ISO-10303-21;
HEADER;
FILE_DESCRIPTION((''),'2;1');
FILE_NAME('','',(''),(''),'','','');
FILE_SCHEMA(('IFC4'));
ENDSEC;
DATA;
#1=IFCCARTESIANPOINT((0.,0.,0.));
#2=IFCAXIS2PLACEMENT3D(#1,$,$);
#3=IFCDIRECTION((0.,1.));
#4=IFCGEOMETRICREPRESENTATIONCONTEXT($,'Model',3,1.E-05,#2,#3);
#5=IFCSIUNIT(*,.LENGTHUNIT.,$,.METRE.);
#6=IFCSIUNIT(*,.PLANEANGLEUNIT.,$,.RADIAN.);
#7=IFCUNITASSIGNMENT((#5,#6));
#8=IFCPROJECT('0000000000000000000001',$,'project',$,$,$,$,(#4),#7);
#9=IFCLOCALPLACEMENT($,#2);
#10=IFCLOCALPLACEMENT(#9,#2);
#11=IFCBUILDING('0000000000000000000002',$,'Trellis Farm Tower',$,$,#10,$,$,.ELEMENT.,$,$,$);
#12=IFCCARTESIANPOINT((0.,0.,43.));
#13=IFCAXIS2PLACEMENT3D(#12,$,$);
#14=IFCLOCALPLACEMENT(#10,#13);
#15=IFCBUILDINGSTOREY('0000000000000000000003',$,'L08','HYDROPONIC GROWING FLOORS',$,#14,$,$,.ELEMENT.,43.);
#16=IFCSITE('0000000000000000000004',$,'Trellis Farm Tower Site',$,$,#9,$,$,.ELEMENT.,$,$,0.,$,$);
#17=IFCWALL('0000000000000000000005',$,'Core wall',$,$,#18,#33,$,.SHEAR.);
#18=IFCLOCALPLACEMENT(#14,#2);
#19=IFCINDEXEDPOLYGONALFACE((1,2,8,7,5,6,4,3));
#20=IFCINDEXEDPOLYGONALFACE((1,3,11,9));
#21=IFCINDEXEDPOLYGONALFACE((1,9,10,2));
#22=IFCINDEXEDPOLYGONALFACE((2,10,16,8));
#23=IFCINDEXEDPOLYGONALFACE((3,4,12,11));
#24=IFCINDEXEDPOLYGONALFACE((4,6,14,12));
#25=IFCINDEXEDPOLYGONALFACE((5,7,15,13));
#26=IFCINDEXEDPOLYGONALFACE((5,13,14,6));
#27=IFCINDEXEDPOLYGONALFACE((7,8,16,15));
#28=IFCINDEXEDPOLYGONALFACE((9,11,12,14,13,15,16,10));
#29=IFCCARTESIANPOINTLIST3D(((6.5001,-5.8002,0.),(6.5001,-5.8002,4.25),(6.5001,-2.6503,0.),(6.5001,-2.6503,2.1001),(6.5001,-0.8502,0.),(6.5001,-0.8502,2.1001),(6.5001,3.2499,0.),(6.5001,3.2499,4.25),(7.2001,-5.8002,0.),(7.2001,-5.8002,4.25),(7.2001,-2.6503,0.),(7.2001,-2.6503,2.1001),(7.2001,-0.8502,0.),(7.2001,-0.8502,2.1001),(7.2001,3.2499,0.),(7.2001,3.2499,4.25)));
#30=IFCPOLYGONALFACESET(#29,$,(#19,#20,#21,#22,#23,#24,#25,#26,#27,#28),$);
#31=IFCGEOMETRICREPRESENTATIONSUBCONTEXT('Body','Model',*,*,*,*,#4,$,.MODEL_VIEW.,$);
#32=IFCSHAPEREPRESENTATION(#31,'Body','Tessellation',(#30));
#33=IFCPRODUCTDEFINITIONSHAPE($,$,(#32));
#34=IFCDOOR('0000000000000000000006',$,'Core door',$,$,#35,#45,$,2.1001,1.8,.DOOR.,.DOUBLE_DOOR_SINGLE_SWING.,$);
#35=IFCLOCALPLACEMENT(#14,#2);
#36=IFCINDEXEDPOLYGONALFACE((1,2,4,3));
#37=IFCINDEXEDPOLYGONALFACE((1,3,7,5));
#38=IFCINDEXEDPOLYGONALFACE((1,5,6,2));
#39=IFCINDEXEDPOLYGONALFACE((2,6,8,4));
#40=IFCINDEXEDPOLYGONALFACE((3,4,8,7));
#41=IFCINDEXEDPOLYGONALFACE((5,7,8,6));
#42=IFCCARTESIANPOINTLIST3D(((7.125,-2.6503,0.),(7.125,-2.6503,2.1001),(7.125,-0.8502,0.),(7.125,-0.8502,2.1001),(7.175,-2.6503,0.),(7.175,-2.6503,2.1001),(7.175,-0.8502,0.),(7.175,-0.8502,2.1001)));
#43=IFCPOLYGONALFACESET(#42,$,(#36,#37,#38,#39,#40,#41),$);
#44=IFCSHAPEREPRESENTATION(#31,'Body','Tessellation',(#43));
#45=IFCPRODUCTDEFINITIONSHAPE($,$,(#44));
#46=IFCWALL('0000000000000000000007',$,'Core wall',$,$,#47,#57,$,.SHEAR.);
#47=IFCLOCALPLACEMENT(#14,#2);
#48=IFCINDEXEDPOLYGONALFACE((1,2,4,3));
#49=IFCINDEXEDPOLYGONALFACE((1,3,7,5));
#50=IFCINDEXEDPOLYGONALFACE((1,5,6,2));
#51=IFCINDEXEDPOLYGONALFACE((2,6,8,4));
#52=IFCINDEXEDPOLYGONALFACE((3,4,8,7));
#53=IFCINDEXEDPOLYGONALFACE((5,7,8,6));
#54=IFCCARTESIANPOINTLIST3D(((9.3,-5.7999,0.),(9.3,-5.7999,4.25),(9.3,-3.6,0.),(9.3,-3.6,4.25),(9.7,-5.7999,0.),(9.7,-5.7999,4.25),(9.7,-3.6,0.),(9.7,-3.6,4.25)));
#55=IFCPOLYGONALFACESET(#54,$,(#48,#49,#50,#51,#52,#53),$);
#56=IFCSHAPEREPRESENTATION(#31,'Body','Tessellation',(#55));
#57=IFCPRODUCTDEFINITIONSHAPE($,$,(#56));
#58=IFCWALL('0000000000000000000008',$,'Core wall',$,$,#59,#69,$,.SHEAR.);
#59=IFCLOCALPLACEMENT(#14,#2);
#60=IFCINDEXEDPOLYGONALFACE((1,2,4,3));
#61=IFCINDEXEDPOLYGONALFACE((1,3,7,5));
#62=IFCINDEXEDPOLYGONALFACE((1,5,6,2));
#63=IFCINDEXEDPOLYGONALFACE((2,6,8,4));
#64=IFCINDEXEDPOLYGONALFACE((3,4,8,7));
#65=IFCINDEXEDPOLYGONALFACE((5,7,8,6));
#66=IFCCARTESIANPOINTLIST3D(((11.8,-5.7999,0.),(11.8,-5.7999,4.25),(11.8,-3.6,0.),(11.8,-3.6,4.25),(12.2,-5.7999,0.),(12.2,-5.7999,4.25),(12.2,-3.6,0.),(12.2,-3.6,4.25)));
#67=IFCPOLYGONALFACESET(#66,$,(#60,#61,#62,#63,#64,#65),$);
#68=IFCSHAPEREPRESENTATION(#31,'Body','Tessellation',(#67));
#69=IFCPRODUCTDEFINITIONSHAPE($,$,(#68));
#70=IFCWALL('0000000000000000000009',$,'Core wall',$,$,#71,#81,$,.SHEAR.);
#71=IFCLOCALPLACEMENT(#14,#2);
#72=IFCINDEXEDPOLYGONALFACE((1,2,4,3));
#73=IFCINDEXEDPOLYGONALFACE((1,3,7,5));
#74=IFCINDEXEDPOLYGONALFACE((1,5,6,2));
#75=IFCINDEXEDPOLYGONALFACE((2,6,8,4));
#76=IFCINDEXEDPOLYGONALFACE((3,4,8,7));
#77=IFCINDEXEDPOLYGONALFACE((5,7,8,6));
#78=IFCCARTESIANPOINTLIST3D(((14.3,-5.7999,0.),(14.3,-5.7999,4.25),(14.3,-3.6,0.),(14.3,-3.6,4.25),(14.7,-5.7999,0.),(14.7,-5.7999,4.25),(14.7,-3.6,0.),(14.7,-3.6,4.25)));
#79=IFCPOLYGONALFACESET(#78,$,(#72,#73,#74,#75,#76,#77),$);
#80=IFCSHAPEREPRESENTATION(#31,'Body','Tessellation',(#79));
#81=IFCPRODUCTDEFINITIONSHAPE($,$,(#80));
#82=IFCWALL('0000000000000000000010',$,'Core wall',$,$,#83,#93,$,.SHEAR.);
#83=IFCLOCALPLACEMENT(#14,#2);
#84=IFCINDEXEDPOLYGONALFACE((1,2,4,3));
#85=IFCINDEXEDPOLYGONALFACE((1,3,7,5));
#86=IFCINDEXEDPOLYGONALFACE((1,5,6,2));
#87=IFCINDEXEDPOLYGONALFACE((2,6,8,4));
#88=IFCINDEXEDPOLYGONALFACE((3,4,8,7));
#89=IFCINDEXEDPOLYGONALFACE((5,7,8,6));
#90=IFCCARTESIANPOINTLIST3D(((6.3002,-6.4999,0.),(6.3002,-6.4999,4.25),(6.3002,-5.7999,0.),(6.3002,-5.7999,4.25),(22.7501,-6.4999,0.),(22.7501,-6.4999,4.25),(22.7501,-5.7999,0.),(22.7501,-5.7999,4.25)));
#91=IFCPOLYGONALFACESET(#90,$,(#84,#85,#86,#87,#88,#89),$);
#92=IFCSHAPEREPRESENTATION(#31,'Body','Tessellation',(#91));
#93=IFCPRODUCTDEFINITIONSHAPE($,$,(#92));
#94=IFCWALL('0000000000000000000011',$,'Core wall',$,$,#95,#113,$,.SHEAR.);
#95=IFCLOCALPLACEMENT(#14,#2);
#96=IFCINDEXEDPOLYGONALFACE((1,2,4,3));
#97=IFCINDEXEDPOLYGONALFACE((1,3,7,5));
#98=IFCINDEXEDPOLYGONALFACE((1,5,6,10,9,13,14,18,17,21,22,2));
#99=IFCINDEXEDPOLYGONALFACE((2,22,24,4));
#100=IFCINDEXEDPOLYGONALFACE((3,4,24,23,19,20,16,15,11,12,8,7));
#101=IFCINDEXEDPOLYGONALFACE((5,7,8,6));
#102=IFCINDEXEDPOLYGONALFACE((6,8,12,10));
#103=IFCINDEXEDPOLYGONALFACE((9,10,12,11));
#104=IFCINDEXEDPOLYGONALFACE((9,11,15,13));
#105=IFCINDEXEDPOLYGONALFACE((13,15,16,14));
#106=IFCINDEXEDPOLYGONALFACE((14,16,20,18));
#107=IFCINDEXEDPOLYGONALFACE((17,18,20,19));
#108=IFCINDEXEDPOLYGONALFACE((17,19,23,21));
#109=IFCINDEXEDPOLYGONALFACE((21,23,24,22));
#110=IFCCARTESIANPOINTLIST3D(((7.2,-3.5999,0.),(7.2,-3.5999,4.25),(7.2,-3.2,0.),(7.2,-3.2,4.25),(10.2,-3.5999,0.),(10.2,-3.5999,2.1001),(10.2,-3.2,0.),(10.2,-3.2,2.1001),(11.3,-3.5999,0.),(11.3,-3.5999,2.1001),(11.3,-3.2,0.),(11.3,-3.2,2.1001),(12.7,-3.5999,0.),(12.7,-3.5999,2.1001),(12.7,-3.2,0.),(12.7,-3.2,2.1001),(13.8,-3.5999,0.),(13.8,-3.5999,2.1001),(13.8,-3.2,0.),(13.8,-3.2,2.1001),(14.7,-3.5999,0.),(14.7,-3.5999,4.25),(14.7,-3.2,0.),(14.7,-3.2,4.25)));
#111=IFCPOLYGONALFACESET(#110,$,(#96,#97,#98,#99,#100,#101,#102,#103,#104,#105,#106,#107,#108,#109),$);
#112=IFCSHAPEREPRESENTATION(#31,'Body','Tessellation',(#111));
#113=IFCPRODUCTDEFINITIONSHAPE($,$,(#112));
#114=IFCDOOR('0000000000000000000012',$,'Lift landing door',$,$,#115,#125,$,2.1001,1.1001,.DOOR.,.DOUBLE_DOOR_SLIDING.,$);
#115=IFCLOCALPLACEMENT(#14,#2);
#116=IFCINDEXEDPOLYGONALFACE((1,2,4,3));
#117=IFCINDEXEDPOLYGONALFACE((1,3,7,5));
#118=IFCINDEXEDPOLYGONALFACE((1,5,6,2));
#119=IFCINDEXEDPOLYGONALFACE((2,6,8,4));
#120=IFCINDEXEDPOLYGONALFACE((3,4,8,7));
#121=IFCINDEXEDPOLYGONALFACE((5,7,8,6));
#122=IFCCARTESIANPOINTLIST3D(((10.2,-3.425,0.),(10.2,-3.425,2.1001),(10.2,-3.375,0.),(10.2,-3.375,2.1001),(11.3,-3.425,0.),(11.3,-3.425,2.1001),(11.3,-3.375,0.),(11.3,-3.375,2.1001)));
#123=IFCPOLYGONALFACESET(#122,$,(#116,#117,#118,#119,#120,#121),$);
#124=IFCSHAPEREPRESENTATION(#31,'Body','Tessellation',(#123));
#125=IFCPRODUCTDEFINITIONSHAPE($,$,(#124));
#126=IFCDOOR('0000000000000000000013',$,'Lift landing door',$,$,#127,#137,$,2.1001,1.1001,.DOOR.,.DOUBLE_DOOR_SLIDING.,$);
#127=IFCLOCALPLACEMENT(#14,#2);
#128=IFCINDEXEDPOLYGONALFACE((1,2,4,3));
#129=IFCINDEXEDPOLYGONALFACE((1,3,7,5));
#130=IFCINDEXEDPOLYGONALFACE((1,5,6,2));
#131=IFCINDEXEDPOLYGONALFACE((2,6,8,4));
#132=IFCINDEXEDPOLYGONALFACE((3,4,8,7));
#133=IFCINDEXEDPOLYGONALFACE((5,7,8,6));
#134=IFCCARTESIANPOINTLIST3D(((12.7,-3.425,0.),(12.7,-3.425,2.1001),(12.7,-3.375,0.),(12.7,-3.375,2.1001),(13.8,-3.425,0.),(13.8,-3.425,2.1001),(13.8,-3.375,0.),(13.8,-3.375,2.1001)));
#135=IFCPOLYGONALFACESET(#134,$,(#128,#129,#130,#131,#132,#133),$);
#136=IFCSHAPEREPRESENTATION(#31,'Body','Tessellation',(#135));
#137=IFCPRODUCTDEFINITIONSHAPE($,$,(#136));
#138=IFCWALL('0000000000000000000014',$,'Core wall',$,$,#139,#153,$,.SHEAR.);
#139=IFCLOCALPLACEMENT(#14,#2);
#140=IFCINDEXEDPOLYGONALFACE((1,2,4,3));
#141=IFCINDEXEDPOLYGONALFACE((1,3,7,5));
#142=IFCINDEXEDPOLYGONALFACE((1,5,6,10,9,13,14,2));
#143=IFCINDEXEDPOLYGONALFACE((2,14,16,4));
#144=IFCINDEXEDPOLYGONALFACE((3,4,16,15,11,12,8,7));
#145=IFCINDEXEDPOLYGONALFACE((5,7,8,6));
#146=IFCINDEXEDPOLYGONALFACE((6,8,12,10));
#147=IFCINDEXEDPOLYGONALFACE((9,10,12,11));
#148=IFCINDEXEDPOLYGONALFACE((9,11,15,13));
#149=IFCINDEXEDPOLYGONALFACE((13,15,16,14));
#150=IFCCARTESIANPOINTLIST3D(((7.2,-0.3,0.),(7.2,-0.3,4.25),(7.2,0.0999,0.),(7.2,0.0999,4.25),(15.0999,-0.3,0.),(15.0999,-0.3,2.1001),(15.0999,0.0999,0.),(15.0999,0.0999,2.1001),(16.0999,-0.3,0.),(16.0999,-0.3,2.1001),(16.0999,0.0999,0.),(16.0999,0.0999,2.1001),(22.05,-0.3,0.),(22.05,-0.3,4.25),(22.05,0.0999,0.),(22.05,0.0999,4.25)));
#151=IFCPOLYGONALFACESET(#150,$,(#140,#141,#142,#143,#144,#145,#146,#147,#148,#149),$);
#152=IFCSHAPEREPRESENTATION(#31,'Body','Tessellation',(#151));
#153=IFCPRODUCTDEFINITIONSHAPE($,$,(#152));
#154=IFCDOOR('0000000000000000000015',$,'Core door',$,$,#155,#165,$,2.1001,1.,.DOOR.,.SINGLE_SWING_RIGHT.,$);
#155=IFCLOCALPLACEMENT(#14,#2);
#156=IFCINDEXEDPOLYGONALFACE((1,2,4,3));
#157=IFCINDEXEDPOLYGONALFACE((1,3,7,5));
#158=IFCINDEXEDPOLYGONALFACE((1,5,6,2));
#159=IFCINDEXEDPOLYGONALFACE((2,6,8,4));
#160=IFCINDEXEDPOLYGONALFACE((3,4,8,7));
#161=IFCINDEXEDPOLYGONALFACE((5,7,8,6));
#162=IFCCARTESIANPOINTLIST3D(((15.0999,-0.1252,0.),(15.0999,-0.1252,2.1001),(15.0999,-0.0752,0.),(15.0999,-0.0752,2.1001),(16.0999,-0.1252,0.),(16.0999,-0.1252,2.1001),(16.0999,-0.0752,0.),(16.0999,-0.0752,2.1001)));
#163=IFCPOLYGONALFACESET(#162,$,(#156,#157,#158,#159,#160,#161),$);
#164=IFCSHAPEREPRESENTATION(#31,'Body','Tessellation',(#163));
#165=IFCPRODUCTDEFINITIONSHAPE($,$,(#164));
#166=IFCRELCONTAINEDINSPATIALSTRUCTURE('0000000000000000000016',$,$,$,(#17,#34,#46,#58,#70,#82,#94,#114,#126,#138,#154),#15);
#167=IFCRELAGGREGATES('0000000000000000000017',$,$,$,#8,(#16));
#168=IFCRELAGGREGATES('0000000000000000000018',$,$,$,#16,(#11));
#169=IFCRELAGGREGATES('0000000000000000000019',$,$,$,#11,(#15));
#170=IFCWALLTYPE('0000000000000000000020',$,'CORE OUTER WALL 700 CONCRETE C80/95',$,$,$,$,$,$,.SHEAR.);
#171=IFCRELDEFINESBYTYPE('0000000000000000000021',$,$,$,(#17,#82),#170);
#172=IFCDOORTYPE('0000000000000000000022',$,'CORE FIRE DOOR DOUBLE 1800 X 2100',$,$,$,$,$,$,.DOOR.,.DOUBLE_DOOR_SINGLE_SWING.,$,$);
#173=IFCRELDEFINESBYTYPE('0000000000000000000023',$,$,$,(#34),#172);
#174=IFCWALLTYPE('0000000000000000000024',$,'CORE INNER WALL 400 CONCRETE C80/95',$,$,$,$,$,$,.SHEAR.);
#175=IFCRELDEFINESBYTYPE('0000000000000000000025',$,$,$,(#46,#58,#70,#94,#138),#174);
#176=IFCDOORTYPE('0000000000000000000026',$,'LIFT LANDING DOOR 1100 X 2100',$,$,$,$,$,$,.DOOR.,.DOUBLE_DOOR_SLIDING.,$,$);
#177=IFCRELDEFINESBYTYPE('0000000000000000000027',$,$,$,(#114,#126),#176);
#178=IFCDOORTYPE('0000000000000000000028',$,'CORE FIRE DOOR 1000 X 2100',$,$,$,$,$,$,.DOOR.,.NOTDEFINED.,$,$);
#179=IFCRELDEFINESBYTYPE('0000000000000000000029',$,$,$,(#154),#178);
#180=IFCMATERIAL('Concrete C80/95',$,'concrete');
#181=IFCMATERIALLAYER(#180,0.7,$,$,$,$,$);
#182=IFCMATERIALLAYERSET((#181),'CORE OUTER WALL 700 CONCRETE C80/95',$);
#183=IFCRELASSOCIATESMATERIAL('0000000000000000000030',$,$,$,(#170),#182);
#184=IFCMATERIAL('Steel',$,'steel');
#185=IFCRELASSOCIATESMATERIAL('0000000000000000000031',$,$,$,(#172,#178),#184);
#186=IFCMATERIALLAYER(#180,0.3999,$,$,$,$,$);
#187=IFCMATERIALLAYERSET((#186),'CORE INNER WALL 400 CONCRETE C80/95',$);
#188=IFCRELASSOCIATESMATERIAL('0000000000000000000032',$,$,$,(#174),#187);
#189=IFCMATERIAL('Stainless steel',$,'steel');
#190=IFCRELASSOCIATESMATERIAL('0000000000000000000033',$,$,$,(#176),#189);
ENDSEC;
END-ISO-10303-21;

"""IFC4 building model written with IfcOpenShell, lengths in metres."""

from ifc_helpers import new_model, si_unit, direction, frame, frame_2d, origin, place, context, subcontext, project, spatial, rectangle, extrude, source, transform, mapped, material, layer, layer_set, type_object, element, fill, save


model = new_model("IFC4")

# Units and contexts
model_context = context("Model", 3, precision=1e-05, world=origin(), true_north=direction((0.0, 1.0)))
body_context = subcontext(model_context, "Body", "Model", "MODEL_VIEW")
ifc_project = project(units=[si_unit("LENGTHUNIT", "METRE"), si_unit("PLANEANGLEUNIT", "RADIAN")], contexts=[model_context])

# Site, building, storey
site_placement = place(None, origin())
site = spatial("IfcSite", under=ifc_project, at=site_placement, Name="Trellis Farm Tower Site", CompositionType="ELEMENT", RefElevation=0.0)
building_placement = place(site_placement, origin())
building = spatial("IfcBuilding", under=site, at=building_placement, Name="Trellis Farm Tower", CompositionType="ELEMENT")
storey_placement = place(building_placement, frame((0.0, 0.0, 43.0)))
storey = spatial("IfcBuildingStorey", under=building, at=storey_placement, Name="L08", Description="HYDROPONIC GROWING FLOORS", CompositionType="ELEMENT", Elevation=43.0)

# Shared definitions
ifc_material_1 = material(Name="Concrete C80/95", Category="concrete")

# Wall, opening, door
ifc_layer_1 = layer(ifc_material_1, 0.7)
ifc_layer_set_1 = layer_set([ifc_layer_1], Name="CORE OUTER WALL 700 CONCRETE C80/95")
wall_type_1 = type_object("IfcWallType", Name="CORE OUTER WALL 700 CONCRETE C80/95", PredefinedType="SHEAR", material=ifc_layer_set_1)
shared_shape_1 = source(origin(), body_context, "Body", "SweptSolid", [
    extrude(rectangle(XDim=9.05, YDim=0.7, at=frame_2d((4.5249, 0.0))), origin(), (0.0, 0.0, 1.0), 4.25),
])
wall_1_placement = place(storey_placement, frame((6.8501, -5.8, 0.0), z_axis=(0.0, 0.0, 1.0), x_axis=(0.0, 1.0, 0.0)))
wall_1 = element("IfcWall", 1, at=wall_1_placement, inside=storey, type_object=wall_type_1, Name="Core wall", PredefinedType="SHEAR", context=body_context, shape_type="MappedRepresentation", body=[
    mapped(shared_shape_1, transform((0.0, 0.0, 0.0))),
])
shared_shape_2 = source(origin(), body_context, "Body", "SweptSolid", [
    extrude(rectangle(XDim=1.8, YDim=2.1001, at=frame_2d((0.8999, 1.05))), frame((0.0, 0.3601, 0.0), z_axis=(0.0, -1.0, 0.0), x_axis=(1.0, 0.0, 0.0)), (0.0, 0.0, 1.0), 0.7202),
])
opening_1_placement = place(wall_1_placement, frame((3.1499, 0.0, 0.0)))
opening_1 = element("IfcOpeningElement", 2, at=opening_1_placement, cuts=wall_1, PredefinedType="OPENING", context=body_context, shape_type="MappedRepresentation", body=[
    mapped(shared_shape_2, transform((0.0, 0.0, 0.0))),
])
ifc_material_2 = material(Name="Steel", Category="steel")
door_type_1 = type_object("IfcDoorType", Name="CORE FIRE DOOR DOUBLE 1800 X 2100", OperationType="DOUBLE_DOOR_SINGLE_SWING", PredefinedType="DOOR", material=ifc_material_2)
shared_shape_3 = source(origin(), body_context, "Body", "SweptSolid", [
    extrude(rectangle(XDim=1.8, YDim=2.1001, at=frame_2d((0.8999, 1.05))), frame((0.0, -0.2749, 0.0), z_axis=(0.0, -1.0, 0.0), x_axis=(1.0, 0.0, 0.0)), (0.0, 0.0, 1.0), 0.05),
])
door_1_placement = place(opening_1_placement, origin())
door_1 = element("IfcDoor", 3, at=door_1_placement, inside=storey, type_object=door_type_1, Name="Core door", OperationType="DOUBLE_DOOR_SINGLE_SWING", OverallHeight=2.1001, OverallWidth=1.8, PredefinedType="DOOR", context=body_context, shape_type="MappedRepresentation", body=[
    mapped(shared_shape_3, transform((0.0, 0.0, 0.0))),
])
fill(opening_1, door_1)

# Walls
ifc_layer_2 = layer(ifc_material_1, 0.3999)
ifc_layer_set_2 = layer_set([ifc_layer_2], Name="CORE INNER WALL 400 CONCRETE C80/95")
wall_type_2 = type_object("IfcWallType", Name="CORE INNER WALL 400 CONCRETE C80/95", PredefinedType="SHEAR", material=ifc_layer_set_2)
shared_shape_4 = source(origin(), body_context, "Body", "SweptSolid", [
    extrude(rectangle(XDim=2.2, YDim=0.3999, at=frame_2d((1.1001, 0.0))), origin(), (0.0, 0.0, 1.0), 4.25),
])
for number, where, z_axis, x_axis, name in (
    (4, (9.5, -5.8, 0.0), (0.0, 0.0, 1.0), (0.0, 1.0, 0.0), "Core wall"),
    (5, (12.0, -5.8, 0.0), (0.0, 0.0, 1.0), (0.0, 1.0, 0.0), "Core wall"),
    (6, (14.5, -5.8, 0.0), (0.0, 0.0, 1.0), (0.0, 1.0, 0.0), "Core wall"),
):
    element("IfcWall", number, at=place(storey_placement, frame(where, z_axis=z_axis, x_axis=x_axis)), inside=storey, type_object=wall_type_2, Name=name, PredefinedType="SHEAR", context=body_context, shape_type="MappedRepresentation", body=[
        mapped(shared_shape_4, transform((0.0, 0.0, 0.0))),
    ])
shared_shape_5 = source(origin(), body_context, "Body", "SweptSolid", [
    extrude(rectangle(XDim=16.45, YDim=0.7, at=frame_2d((8.2251, 0.0))), origin(), (0.0, 0.0, 1.0), 4.25),
])
wall_2_placement = place(storey_placement, frame((6.3, -6.1499, 0.0), z_axis=(0.0, 0.0, 1.0), x_axis=(1.0, 0.0, 0.0)))
element("IfcWall", 7, at=wall_2_placement, inside=storey, type_object=wall_type_1, Name="Core wall", PredefinedType="SHEAR", context=body_context, shape_type="MappedRepresentation", body=[
    mapped(shared_shape_5, transform((0.0, 0.0, 0.0))),
])

# Wall, openings, doors
shared_shape_6 = source(origin(), body_context, "Body", "SweptSolid", [
    extrude(rectangle(XDim=7.5, YDim=0.3999, at=frame_2d((3.75, 0.0))), origin(), (0.0, 0.0, 1.0), 4.25),
])
wall_3_placement = place(storey_placement, frame((7.2, -3.3999, 0.0), z_axis=(0.0, 0.0, 1.0), x_axis=(1.0, 0.0, 0.0)))
wall_3 = element("IfcWall", 8, at=wall_3_placement, inside=storey, type_object=wall_type_2, Name="Core wall", PredefinedType="SHEAR", context=body_context, shape_type="MappedRepresentation", body=[
    mapped(shared_shape_6, transform((0.0, 0.0, 0.0))),
])
shared_shape_7 = source(origin(), body_context, "Body", "SweptSolid", [
    extrude(rectangle(XDim=1.1001, YDim=2.1001, at=frame_2d((0.55, 1.05))), frame((0.0, 0.21, 0.0), z_axis=(0.0, -1.0, 0.0), x_axis=(1.0, 0.0, 0.0)), (0.0, 0.0, 1.0), 0.4199),
])
opening_2_placement = place(wall_3_placement, frame((3.0, 0.0, 0.0)))
opening_2 = element("IfcOpeningElement", 9, at=opening_2_placement, cuts=wall_3, PredefinedType="OPENING", context=body_context, shape_type="MappedRepresentation", body=[
    mapped(shared_shape_7, transform((0.0, 0.0, 0.0))),
])
opening_3_placement = place(wall_3_placement, frame((5.5, 0.0, 0.0)))
opening_3 = element("IfcOpeningElement", 10, at=opening_3_placement, cuts=wall_3, PredefinedType="OPENING", context=body_context, shape_type="MappedRepresentation", body=[
    mapped(shared_shape_7, transform((0.0, 0.0, 0.0))),
])
ifc_material_3 = material(Name="Stainless steel", Category="steel")
door_type_2 = type_object("IfcDoorType", Name="LIFT LANDING DOOR 1100 X 2100", OperationType="DOUBLE_DOOR_SLIDING", PredefinedType="DOOR", material=ifc_material_3)
shared_shape_8 = source(origin(), body_context, "Body", "SweptSolid", [
    extrude(rectangle(XDim=1.1001, YDim=2.1001, at=frame_2d((0.55, 1.05))), frame((0.0, 0.0249, 0.0), z_axis=(0.0, -1.0, 0.0), x_axis=(1.0, 0.0, 0.0)), (0.0, 0.0, 1.0), 0.05),
])
door_2_placement = place(opening_2_placement, origin())
door_2 = element("IfcDoor", 11, at=door_2_placement, inside=storey, type_object=door_type_2, Name="Lift landing door", OperationType="DOUBLE_DOOR_SLIDING", OverallHeight=2.1001, OverallWidth=1.1001, PredefinedType="DOOR", context=body_context, shape_type="MappedRepresentation", body=[
    mapped(shared_shape_8, transform((0.0, 0.0, 0.0))),
])
fill(opening_2, door_2)
door_3_placement = place(opening_3_placement, origin())
door_3 = element("IfcDoor", 12, at=door_3_placement, inside=storey, type_object=door_type_2, Name="Lift landing door", OperationType="DOUBLE_DOOR_SLIDING", OverallHeight=2.1001, OverallWidth=1.1001, PredefinedType="DOOR", context=body_context, shape_type="MappedRepresentation", body=[
    mapped(shared_shape_8, transform((0.0, 0.0, 0.0))),
])
fill(opening_3, door_3)

# Wall, opening, door
shared_shape_9 = source(origin(), body_context, "Body", "SweptSolid", [
    extrude(rectangle(XDim=14.8501, YDim=0.3999, at=frame_2d((7.425, 0.0))), origin(), (0.0, 0.0, 1.0), 4.25),
])
wall_4_placement = place(storey_placement, frame((7.2, -0.1001, 0.0), z_axis=(0.0, 0.0, 1.0), x_axis=(1.0, 0.0, 0.0)))
wall_4 = element("IfcWall", 13, at=wall_4_placement, inside=storey, type_object=wall_type_2, Name="Core wall", PredefinedType="SHEAR", context=body_context, shape_type="MappedRepresentation", body=[
    mapped(shared_shape_9, transform((0.0, 0.0, 0.0))),
])
shared_shape_10 = source(origin(), body_context, "Body", "SweptSolid", [
    extrude(rectangle(XDim=1.0, YDim=2.1001, at=frame_2d((0.5, 1.05))), frame((0.0, 0.21, 0.0), z_axis=(0.0, -1.0, 0.0), x_axis=(1.0, 0.0, 0.0)), (0.0, 0.0, 1.0), 0.4199),
])
opening_4_placement = place(wall_4_placement, frame((7.8999, 0.0, 0.0)))
opening_4 = element("IfcOpeningElement", 14, at=opening_4_placement, cuts=wall_4, PredefinedType="OPENING", context=body_context, shape_type="MappedRepresentation", body=[
    mapped(shared_shape_10, transform((0.0, 0.0, 0.0))),
])
door_type_3 = type_object("IfcDoorType", Name="CORE FIRE DOOR 1000 X 2100", OperationType="NOTDEFINED", PredefinedType="DOOR", material=ifc_material_2)
shared_shape_11 = source(origin(), body_context, "Body", "SweptSolid", [
    extrude(rectangle(XDim=1.0, YDim=2.1001, at=frame_2d((0.5, 1.05))), frame((0.0, 0.0249, 0.0), z_axis=(0.0, -1.0, 0.0), x_axis=(1.0, 0.0, 0.0)), (0.0, 0.0, 1.0), 0.05),
])
door_4_placement = place(opening_4_placement, origin())
door_4 = element("IfcDoor", 15, at=door_4_placement, inside=storey, type_object=door_type_3, Name="Core door", OperationType="SINGLE_SWING_RIGHT", OverallHeight=2.1001, OverallWidth=1.0, PredefinedType="DOOR", context=body_context, shape_type="MappedRepresentation", body=[
    mapped(shared_shape_11, transform((0.0, 0.0, 0.0))),
])
fill(opening_4, door_4)

save(model, "model.ifc")
